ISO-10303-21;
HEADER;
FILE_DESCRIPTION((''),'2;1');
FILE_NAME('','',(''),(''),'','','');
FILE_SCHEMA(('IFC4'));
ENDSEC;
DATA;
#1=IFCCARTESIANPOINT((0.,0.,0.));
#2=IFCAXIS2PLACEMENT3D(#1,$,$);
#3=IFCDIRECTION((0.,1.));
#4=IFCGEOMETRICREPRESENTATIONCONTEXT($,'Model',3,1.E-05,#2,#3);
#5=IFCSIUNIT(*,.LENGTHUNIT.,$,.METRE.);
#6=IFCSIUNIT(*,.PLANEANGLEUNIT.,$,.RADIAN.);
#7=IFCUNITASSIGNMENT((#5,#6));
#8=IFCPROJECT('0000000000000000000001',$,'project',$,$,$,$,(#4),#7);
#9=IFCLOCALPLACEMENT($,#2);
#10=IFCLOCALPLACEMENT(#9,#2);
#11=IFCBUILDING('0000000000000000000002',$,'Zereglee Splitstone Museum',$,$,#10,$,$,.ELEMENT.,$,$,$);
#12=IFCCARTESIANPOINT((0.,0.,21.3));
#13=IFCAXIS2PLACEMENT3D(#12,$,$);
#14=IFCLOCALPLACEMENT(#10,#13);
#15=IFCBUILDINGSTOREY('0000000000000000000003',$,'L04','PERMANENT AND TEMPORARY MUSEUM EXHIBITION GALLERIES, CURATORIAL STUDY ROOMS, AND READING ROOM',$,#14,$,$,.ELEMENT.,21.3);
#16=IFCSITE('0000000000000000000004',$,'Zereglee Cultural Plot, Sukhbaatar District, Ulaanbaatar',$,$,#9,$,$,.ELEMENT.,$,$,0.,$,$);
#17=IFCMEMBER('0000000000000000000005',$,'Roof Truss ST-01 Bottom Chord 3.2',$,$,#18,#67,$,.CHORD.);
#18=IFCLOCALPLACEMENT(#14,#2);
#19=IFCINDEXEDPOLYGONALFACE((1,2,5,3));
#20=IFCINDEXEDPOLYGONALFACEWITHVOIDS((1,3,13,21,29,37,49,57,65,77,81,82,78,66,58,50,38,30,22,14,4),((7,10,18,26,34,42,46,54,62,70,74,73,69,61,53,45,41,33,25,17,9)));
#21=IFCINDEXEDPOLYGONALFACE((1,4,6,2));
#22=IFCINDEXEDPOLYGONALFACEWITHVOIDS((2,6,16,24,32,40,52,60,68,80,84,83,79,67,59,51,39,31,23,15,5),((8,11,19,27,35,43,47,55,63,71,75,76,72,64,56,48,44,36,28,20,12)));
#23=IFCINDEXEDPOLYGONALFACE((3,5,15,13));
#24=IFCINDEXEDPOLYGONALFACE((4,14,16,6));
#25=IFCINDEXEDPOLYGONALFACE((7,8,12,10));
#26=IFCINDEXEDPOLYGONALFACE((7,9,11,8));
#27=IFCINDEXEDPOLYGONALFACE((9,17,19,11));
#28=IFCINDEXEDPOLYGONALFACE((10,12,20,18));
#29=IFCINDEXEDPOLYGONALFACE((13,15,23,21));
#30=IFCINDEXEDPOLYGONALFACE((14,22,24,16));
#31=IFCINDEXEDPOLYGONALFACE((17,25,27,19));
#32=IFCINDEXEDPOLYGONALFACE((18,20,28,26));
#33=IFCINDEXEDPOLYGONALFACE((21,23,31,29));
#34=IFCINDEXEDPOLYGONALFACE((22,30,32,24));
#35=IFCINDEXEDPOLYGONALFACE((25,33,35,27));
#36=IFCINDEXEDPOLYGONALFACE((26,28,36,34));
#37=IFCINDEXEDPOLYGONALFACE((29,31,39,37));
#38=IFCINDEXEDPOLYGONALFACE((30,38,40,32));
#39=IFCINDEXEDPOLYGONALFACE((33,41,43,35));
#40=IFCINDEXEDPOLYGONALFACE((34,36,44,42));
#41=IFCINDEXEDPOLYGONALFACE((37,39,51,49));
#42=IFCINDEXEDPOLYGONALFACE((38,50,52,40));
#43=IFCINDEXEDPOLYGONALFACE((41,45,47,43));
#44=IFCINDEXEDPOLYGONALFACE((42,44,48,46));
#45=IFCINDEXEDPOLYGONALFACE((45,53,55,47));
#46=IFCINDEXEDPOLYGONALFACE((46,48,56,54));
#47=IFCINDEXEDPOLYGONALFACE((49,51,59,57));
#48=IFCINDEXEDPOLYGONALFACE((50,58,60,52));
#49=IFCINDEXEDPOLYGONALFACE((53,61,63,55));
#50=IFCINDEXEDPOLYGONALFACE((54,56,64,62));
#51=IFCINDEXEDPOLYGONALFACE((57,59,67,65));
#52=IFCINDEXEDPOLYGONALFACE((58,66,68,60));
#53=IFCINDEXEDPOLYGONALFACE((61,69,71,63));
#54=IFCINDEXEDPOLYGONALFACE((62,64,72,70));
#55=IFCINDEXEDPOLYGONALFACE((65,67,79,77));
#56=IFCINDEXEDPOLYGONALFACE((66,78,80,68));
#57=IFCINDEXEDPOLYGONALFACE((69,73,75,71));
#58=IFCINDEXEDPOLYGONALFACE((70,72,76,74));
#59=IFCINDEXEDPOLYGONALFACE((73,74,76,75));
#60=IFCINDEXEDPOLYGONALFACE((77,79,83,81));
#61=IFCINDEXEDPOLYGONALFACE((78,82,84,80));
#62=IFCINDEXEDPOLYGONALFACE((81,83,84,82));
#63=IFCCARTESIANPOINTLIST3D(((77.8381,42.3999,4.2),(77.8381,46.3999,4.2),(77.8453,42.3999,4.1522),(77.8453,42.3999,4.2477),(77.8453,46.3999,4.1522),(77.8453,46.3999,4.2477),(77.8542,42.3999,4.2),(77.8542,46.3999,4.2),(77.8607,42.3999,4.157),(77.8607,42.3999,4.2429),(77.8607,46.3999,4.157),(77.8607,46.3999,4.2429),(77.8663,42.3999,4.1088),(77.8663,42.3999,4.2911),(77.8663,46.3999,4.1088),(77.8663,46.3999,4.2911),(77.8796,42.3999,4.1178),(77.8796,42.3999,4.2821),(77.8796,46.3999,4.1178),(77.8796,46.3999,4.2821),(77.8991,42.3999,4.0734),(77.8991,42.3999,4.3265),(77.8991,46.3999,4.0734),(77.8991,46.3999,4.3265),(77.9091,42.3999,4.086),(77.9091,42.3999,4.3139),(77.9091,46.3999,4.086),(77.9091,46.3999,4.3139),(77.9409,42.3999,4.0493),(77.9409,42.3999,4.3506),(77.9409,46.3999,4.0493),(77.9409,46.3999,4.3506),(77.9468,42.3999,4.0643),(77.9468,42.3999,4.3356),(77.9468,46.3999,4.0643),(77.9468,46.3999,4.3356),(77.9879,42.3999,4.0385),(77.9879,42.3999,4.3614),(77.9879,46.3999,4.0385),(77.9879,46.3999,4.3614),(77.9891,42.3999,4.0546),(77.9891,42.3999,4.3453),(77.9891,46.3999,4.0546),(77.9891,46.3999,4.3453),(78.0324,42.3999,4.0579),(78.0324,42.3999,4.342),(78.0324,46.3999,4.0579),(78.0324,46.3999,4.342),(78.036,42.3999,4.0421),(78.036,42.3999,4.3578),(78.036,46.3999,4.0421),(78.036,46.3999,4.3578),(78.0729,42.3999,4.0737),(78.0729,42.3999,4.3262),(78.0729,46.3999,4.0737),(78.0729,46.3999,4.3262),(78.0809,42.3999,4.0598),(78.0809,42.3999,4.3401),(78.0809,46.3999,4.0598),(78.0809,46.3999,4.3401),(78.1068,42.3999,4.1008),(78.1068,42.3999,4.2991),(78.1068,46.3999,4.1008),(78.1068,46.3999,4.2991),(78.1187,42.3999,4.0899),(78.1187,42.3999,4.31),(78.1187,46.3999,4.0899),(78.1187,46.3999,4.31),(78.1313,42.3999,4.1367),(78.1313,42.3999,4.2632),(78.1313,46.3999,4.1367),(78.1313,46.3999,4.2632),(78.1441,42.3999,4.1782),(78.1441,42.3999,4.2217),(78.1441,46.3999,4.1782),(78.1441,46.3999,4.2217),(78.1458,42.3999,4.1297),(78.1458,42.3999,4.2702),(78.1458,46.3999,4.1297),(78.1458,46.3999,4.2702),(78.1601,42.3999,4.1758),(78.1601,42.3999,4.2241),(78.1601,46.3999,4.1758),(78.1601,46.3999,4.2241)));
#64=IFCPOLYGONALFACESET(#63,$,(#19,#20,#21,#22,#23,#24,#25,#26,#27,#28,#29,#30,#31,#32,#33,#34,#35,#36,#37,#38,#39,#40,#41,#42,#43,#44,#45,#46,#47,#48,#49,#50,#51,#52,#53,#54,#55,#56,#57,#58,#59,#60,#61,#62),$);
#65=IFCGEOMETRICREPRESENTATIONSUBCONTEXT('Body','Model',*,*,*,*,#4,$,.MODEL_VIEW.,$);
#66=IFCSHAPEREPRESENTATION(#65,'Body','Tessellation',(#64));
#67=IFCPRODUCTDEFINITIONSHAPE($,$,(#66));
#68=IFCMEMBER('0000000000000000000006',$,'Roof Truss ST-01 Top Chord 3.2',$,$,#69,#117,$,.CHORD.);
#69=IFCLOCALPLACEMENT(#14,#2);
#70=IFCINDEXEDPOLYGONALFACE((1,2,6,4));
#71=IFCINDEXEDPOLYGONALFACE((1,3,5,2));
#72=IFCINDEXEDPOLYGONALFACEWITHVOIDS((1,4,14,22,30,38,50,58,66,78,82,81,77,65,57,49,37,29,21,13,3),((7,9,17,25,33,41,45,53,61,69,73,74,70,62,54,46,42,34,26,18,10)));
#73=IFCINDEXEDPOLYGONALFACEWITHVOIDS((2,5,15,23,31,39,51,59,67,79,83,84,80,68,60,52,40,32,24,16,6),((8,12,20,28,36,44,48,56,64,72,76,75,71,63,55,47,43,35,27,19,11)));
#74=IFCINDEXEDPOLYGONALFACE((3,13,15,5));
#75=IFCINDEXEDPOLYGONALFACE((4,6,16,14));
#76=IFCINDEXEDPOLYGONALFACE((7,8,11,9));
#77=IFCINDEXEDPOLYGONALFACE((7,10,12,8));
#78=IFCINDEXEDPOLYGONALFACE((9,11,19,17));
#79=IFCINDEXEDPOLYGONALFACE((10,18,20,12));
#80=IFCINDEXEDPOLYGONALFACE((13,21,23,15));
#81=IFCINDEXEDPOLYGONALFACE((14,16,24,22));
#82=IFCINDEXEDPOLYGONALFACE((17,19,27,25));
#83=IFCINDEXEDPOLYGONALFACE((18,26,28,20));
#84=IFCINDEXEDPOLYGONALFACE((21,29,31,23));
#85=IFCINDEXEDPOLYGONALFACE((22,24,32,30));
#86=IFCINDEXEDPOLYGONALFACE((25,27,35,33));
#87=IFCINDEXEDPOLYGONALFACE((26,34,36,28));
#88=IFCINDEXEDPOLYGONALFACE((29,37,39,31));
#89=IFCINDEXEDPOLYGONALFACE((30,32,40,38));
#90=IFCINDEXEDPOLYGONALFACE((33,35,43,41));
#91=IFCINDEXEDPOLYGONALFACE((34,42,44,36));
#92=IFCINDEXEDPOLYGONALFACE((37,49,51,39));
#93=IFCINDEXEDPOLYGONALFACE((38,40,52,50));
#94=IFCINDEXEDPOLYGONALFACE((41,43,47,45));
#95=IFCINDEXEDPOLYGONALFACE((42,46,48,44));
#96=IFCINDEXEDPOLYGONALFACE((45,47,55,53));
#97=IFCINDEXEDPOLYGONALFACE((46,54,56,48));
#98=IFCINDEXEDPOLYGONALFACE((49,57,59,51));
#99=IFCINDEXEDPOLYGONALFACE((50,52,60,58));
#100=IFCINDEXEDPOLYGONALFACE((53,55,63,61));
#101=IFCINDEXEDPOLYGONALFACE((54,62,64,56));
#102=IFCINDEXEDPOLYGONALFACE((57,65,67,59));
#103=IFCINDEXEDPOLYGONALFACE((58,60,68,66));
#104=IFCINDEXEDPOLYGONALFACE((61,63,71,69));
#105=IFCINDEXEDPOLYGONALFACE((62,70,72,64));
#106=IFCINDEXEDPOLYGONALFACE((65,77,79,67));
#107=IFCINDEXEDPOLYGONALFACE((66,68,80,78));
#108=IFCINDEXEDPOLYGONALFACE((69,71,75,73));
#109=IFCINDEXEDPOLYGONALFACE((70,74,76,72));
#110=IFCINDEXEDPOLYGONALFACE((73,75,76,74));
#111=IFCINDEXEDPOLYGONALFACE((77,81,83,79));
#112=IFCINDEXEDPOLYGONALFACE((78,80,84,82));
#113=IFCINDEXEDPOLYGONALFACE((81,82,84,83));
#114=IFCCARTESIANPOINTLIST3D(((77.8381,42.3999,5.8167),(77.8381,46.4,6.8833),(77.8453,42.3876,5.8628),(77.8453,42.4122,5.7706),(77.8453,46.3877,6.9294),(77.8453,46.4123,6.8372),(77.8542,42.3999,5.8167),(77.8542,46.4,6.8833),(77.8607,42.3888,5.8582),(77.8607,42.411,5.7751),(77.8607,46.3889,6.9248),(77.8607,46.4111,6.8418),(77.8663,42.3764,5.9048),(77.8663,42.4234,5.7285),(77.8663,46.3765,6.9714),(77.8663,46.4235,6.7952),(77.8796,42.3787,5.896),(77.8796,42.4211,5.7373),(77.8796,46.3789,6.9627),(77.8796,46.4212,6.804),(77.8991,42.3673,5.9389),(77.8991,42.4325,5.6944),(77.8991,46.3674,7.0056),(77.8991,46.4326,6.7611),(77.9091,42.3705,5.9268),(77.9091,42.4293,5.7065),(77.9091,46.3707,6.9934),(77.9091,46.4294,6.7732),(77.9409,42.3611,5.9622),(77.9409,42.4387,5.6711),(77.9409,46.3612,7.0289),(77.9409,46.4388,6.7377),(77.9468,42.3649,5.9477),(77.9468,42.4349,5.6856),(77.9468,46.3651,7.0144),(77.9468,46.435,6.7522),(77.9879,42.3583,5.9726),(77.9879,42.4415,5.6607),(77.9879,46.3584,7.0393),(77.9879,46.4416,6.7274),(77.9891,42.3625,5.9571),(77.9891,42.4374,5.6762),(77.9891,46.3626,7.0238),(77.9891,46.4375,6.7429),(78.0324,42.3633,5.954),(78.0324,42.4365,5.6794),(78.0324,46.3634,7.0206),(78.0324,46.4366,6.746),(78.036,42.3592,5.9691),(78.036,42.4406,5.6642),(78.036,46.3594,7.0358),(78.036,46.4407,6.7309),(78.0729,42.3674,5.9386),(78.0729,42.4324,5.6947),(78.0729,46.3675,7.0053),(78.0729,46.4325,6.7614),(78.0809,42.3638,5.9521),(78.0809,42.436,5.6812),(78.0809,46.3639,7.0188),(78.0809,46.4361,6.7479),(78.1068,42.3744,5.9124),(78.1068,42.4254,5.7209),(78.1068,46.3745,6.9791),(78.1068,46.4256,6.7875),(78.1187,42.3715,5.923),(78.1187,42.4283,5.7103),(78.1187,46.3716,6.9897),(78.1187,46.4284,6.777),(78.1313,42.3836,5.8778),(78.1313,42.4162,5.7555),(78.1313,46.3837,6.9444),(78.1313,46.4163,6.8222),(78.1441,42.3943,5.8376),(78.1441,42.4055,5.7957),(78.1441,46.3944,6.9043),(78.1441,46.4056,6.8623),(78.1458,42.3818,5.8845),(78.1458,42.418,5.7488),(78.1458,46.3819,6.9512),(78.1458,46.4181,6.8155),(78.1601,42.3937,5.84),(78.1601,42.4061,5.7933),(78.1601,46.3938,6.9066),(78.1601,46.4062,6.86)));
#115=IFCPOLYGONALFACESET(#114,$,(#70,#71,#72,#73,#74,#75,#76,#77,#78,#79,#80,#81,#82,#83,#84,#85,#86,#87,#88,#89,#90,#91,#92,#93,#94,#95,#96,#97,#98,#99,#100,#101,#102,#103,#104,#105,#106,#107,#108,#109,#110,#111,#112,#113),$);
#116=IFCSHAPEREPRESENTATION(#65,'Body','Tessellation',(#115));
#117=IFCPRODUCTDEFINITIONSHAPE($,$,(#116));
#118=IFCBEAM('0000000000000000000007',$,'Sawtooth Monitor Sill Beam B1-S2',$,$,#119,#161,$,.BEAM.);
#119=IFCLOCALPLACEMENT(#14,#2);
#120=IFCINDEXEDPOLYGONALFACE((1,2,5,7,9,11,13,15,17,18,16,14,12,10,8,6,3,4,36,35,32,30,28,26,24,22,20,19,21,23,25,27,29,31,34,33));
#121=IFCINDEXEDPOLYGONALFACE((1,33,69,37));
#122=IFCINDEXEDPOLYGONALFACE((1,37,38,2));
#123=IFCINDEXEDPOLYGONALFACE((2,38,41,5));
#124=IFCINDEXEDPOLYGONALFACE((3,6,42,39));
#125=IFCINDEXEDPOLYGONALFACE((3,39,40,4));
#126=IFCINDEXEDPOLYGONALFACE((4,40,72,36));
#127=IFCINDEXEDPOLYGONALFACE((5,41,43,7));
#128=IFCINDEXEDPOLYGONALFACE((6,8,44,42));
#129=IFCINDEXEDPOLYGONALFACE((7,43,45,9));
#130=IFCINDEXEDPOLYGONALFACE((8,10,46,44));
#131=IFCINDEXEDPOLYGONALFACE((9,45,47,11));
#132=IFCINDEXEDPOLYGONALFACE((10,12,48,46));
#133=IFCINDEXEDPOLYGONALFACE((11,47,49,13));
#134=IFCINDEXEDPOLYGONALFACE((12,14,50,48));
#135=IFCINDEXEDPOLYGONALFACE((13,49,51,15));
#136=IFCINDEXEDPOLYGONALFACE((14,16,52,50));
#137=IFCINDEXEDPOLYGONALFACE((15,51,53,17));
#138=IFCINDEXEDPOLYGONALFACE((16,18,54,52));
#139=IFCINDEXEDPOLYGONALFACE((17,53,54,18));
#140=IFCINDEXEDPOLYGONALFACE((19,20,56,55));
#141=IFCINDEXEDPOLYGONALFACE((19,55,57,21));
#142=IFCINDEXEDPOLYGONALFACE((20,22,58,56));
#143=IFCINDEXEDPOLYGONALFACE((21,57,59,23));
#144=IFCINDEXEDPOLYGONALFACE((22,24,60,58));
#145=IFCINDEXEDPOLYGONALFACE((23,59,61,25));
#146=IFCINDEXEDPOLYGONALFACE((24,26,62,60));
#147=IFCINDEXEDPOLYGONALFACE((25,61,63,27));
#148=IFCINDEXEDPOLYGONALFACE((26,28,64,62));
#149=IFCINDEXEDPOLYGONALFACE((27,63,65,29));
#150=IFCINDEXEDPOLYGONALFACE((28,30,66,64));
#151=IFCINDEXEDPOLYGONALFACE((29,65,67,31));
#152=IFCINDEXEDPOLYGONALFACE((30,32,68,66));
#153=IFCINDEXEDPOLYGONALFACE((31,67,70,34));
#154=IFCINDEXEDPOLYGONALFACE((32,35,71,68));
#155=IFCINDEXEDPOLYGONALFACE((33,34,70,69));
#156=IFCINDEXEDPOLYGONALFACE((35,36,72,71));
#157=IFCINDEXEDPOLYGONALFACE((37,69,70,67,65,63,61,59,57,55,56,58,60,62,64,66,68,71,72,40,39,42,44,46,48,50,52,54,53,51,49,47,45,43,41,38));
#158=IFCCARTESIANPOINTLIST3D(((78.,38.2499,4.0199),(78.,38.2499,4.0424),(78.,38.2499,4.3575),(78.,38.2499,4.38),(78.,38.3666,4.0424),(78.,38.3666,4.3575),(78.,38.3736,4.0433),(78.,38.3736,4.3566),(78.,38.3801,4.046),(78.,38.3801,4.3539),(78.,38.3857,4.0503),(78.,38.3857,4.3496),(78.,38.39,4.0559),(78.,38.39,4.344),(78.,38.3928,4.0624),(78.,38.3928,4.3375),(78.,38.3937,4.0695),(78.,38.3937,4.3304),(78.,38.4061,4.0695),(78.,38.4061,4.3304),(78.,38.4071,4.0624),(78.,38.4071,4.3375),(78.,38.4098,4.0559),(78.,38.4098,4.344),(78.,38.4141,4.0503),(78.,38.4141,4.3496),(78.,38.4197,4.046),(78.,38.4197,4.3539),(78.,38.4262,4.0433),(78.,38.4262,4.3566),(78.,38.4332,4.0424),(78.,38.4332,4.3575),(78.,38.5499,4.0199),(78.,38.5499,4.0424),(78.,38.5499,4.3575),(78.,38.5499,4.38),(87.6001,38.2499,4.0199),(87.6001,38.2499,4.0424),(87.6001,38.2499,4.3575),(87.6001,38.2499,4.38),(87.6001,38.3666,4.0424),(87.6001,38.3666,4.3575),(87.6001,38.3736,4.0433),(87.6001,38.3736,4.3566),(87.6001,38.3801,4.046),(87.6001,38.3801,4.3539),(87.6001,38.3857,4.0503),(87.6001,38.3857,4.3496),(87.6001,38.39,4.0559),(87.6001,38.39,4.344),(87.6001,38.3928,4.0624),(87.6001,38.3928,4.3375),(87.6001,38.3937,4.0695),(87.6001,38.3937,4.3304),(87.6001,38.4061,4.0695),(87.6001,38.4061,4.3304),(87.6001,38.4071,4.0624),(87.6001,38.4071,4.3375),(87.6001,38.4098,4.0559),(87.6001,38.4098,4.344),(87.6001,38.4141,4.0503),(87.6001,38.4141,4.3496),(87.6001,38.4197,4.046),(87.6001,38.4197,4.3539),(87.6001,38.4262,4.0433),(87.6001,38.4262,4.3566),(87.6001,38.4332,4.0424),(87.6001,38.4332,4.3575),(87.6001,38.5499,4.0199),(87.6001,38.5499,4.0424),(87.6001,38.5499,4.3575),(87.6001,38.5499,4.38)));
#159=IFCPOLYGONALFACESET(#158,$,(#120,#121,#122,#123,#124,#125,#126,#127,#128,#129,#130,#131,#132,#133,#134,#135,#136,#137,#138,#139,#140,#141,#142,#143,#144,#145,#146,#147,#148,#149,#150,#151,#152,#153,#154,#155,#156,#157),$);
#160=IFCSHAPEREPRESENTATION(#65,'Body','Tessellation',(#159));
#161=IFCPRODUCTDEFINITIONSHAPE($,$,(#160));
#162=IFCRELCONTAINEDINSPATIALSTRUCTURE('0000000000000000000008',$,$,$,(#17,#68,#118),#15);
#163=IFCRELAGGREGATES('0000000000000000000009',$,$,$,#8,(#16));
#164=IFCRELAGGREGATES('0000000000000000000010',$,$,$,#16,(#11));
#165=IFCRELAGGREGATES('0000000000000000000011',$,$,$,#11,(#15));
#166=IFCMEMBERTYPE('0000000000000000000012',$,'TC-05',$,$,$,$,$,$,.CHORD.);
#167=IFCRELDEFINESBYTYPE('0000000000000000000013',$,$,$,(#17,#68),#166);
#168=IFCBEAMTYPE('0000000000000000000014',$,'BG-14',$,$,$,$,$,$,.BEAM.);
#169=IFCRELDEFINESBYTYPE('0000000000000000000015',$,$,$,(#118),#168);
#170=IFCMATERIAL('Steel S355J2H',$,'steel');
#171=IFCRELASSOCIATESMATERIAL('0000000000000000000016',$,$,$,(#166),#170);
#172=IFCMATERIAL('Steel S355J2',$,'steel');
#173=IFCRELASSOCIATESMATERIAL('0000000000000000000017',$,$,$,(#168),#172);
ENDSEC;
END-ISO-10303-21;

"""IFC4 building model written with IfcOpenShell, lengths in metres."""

from ifc_helpers import new_model, si_unit, direction, frame, origin, origin_2d, place, context, subcontext, project, spatial, hollow_circle, i_section, extrude, material, material_profile, profile_set, type_object, element, save


model = new_model("IFC4")

# Units and contexts
model_context = context("Model", 3, precision=1e-05, world=origin(), true_north=direction((0.0, 1.0)))
body_context = subcontext(model_context, "Body", "Model", "MODEL_VIEW")
ifc_project = project(units=[si_unit("LENGTHUNIT", "METRE"), si_unit("PLANEANGLEUNIT", "RADIAN")], contexts=[model_context])

# Site, building, storey
site_placement = place(None, origin())
site = spatial("IfcSite", under=ifc_project, at=site_placement, Name="Zereglee Cultural Plot, Sukhbaatar District, Ulaanbaatar", CompositionType="ELEMENT", RefElevation=0.0)
building_placement = place(site_placement, origin())
building = spatial("IfcBuilding", under=site, at=building_placement, Name="Zereglee Splitstone Museum", CompositionType="ELEMENT")
storey_placement = place(building_placement, frame((0.0, 0.0, 21.3)))
storey = spatial("IfcBuildingStorey", under=building, at=storey_placement, Name="L04", Description="PERMANENT AND TEMPORARY MUSEUM EXHIBITION GALLERIES, CURATORIAL STUDY ROOMS, AND READING ROOM", CompositionType="ELEMENT", Elevation=21.3)

# Shared definitions
ifc_material_1 = material(Name="Steel S355J2", Category="steel")

# Members
ifc_material_2 = material(Name="Steel S355J2H", Category="steel")
ifc_material_profile_1 = material_profile(ifc_material_2, hollow_circle(Radius=0.1619, WallThickness=0.0161, at=origin_2d()), Name="CHS 323.9x16")
ifc_profile_set_1 = profile_set([ifc_material_profile_1], Name="Steel S355J2H")
member_type_1 = type_object("IfcMemberType", Name="TC-05", PredefinedType="CHORD", material=ifc_profile_set_1)
member_1_placement = place(storey_placement, frame((78.0, 42.3999, 4.2), z_axis=(0.0, 1.0, 0.0), x_axis=(-1.0, 0.0, 0.0)))
element("IfcMember", 1, at=member_1_placement, inside=storey, type_object=member_type_1, Name="Roof Truss ST-01 Bottom Chord 3.2", PredefinedType="CHORD", context=body_context, shape_type="SweptSolid", body=[
    extrude(hollow_circle(Radius=0.1619, WallThickness=0.0161, at=origin_2d()), origin(), (0.0, 0.0, 1.0), 4.0),
])
member_2_placement = place(storey_placement, frame((78.0, 42.3999, 5.8167), z_axis=(0.0, 0.966236, 0.257659), x_axis=(-1.0, 0.0, 0.0)))
element("IfcMember", 2, at=member_2_placement, inside=storey, type_object=member_type_1, Name="Roof Truss ST-01 Top Chord 3.2", PredefinedType="CHORD", context=body_context, shape_type="SweptSolid", body=[
    extrude(hollow_circle(Radius=0.1619, WallThickness=0.0161, at=origin_2d()), origin(), (0.0, 0.0, 1.0), 4.1399),
])

# Beam
ifc_material_profile_2 = material_profile(ifc_material_1, i_section(OverallWidth=0.3, OverallDepth=0.3601, WebThickness=0.0125, FlangeThickness=0.0225, FilletRadius=0.0271, at=origin_2d()), Name="HE 360 B")
ifc_profile_set_2 = profile_set([ifc_material_profile_2], Name="Steel S355J2")
beam_type_1 = type_object("IfcBeamType", Name="BG-14", PredefinedType="BEAM", material=ifc_profile_set_2)
beam_1_placement = place(storey_placement, frame((78.0, 38.3999, 4.2), z_axis=(1.0, 0.0, 0.0), x_axis=(0.0, 1.0, 0.0)))
element("IfcBeam", 3, at=beam_1_placement, inside=storey, type_object=beam_type_1, Name="Sawtooth Monitor Sill Beam B1-S2", PredefinedType="BEAM", context=body_context, shape_type="SweptSolid", body=[
    extrude(i_section(OverallWidth=0.3, OverallDepth=0.3601, WebThickness=0.0125, FlangeThickness=0.0225, FilletRadius=0.0271, at=origin_2d()), origin(), (0.0, 0.0, 1.0), 9.6001),
])

save(model, "model.ifc")
